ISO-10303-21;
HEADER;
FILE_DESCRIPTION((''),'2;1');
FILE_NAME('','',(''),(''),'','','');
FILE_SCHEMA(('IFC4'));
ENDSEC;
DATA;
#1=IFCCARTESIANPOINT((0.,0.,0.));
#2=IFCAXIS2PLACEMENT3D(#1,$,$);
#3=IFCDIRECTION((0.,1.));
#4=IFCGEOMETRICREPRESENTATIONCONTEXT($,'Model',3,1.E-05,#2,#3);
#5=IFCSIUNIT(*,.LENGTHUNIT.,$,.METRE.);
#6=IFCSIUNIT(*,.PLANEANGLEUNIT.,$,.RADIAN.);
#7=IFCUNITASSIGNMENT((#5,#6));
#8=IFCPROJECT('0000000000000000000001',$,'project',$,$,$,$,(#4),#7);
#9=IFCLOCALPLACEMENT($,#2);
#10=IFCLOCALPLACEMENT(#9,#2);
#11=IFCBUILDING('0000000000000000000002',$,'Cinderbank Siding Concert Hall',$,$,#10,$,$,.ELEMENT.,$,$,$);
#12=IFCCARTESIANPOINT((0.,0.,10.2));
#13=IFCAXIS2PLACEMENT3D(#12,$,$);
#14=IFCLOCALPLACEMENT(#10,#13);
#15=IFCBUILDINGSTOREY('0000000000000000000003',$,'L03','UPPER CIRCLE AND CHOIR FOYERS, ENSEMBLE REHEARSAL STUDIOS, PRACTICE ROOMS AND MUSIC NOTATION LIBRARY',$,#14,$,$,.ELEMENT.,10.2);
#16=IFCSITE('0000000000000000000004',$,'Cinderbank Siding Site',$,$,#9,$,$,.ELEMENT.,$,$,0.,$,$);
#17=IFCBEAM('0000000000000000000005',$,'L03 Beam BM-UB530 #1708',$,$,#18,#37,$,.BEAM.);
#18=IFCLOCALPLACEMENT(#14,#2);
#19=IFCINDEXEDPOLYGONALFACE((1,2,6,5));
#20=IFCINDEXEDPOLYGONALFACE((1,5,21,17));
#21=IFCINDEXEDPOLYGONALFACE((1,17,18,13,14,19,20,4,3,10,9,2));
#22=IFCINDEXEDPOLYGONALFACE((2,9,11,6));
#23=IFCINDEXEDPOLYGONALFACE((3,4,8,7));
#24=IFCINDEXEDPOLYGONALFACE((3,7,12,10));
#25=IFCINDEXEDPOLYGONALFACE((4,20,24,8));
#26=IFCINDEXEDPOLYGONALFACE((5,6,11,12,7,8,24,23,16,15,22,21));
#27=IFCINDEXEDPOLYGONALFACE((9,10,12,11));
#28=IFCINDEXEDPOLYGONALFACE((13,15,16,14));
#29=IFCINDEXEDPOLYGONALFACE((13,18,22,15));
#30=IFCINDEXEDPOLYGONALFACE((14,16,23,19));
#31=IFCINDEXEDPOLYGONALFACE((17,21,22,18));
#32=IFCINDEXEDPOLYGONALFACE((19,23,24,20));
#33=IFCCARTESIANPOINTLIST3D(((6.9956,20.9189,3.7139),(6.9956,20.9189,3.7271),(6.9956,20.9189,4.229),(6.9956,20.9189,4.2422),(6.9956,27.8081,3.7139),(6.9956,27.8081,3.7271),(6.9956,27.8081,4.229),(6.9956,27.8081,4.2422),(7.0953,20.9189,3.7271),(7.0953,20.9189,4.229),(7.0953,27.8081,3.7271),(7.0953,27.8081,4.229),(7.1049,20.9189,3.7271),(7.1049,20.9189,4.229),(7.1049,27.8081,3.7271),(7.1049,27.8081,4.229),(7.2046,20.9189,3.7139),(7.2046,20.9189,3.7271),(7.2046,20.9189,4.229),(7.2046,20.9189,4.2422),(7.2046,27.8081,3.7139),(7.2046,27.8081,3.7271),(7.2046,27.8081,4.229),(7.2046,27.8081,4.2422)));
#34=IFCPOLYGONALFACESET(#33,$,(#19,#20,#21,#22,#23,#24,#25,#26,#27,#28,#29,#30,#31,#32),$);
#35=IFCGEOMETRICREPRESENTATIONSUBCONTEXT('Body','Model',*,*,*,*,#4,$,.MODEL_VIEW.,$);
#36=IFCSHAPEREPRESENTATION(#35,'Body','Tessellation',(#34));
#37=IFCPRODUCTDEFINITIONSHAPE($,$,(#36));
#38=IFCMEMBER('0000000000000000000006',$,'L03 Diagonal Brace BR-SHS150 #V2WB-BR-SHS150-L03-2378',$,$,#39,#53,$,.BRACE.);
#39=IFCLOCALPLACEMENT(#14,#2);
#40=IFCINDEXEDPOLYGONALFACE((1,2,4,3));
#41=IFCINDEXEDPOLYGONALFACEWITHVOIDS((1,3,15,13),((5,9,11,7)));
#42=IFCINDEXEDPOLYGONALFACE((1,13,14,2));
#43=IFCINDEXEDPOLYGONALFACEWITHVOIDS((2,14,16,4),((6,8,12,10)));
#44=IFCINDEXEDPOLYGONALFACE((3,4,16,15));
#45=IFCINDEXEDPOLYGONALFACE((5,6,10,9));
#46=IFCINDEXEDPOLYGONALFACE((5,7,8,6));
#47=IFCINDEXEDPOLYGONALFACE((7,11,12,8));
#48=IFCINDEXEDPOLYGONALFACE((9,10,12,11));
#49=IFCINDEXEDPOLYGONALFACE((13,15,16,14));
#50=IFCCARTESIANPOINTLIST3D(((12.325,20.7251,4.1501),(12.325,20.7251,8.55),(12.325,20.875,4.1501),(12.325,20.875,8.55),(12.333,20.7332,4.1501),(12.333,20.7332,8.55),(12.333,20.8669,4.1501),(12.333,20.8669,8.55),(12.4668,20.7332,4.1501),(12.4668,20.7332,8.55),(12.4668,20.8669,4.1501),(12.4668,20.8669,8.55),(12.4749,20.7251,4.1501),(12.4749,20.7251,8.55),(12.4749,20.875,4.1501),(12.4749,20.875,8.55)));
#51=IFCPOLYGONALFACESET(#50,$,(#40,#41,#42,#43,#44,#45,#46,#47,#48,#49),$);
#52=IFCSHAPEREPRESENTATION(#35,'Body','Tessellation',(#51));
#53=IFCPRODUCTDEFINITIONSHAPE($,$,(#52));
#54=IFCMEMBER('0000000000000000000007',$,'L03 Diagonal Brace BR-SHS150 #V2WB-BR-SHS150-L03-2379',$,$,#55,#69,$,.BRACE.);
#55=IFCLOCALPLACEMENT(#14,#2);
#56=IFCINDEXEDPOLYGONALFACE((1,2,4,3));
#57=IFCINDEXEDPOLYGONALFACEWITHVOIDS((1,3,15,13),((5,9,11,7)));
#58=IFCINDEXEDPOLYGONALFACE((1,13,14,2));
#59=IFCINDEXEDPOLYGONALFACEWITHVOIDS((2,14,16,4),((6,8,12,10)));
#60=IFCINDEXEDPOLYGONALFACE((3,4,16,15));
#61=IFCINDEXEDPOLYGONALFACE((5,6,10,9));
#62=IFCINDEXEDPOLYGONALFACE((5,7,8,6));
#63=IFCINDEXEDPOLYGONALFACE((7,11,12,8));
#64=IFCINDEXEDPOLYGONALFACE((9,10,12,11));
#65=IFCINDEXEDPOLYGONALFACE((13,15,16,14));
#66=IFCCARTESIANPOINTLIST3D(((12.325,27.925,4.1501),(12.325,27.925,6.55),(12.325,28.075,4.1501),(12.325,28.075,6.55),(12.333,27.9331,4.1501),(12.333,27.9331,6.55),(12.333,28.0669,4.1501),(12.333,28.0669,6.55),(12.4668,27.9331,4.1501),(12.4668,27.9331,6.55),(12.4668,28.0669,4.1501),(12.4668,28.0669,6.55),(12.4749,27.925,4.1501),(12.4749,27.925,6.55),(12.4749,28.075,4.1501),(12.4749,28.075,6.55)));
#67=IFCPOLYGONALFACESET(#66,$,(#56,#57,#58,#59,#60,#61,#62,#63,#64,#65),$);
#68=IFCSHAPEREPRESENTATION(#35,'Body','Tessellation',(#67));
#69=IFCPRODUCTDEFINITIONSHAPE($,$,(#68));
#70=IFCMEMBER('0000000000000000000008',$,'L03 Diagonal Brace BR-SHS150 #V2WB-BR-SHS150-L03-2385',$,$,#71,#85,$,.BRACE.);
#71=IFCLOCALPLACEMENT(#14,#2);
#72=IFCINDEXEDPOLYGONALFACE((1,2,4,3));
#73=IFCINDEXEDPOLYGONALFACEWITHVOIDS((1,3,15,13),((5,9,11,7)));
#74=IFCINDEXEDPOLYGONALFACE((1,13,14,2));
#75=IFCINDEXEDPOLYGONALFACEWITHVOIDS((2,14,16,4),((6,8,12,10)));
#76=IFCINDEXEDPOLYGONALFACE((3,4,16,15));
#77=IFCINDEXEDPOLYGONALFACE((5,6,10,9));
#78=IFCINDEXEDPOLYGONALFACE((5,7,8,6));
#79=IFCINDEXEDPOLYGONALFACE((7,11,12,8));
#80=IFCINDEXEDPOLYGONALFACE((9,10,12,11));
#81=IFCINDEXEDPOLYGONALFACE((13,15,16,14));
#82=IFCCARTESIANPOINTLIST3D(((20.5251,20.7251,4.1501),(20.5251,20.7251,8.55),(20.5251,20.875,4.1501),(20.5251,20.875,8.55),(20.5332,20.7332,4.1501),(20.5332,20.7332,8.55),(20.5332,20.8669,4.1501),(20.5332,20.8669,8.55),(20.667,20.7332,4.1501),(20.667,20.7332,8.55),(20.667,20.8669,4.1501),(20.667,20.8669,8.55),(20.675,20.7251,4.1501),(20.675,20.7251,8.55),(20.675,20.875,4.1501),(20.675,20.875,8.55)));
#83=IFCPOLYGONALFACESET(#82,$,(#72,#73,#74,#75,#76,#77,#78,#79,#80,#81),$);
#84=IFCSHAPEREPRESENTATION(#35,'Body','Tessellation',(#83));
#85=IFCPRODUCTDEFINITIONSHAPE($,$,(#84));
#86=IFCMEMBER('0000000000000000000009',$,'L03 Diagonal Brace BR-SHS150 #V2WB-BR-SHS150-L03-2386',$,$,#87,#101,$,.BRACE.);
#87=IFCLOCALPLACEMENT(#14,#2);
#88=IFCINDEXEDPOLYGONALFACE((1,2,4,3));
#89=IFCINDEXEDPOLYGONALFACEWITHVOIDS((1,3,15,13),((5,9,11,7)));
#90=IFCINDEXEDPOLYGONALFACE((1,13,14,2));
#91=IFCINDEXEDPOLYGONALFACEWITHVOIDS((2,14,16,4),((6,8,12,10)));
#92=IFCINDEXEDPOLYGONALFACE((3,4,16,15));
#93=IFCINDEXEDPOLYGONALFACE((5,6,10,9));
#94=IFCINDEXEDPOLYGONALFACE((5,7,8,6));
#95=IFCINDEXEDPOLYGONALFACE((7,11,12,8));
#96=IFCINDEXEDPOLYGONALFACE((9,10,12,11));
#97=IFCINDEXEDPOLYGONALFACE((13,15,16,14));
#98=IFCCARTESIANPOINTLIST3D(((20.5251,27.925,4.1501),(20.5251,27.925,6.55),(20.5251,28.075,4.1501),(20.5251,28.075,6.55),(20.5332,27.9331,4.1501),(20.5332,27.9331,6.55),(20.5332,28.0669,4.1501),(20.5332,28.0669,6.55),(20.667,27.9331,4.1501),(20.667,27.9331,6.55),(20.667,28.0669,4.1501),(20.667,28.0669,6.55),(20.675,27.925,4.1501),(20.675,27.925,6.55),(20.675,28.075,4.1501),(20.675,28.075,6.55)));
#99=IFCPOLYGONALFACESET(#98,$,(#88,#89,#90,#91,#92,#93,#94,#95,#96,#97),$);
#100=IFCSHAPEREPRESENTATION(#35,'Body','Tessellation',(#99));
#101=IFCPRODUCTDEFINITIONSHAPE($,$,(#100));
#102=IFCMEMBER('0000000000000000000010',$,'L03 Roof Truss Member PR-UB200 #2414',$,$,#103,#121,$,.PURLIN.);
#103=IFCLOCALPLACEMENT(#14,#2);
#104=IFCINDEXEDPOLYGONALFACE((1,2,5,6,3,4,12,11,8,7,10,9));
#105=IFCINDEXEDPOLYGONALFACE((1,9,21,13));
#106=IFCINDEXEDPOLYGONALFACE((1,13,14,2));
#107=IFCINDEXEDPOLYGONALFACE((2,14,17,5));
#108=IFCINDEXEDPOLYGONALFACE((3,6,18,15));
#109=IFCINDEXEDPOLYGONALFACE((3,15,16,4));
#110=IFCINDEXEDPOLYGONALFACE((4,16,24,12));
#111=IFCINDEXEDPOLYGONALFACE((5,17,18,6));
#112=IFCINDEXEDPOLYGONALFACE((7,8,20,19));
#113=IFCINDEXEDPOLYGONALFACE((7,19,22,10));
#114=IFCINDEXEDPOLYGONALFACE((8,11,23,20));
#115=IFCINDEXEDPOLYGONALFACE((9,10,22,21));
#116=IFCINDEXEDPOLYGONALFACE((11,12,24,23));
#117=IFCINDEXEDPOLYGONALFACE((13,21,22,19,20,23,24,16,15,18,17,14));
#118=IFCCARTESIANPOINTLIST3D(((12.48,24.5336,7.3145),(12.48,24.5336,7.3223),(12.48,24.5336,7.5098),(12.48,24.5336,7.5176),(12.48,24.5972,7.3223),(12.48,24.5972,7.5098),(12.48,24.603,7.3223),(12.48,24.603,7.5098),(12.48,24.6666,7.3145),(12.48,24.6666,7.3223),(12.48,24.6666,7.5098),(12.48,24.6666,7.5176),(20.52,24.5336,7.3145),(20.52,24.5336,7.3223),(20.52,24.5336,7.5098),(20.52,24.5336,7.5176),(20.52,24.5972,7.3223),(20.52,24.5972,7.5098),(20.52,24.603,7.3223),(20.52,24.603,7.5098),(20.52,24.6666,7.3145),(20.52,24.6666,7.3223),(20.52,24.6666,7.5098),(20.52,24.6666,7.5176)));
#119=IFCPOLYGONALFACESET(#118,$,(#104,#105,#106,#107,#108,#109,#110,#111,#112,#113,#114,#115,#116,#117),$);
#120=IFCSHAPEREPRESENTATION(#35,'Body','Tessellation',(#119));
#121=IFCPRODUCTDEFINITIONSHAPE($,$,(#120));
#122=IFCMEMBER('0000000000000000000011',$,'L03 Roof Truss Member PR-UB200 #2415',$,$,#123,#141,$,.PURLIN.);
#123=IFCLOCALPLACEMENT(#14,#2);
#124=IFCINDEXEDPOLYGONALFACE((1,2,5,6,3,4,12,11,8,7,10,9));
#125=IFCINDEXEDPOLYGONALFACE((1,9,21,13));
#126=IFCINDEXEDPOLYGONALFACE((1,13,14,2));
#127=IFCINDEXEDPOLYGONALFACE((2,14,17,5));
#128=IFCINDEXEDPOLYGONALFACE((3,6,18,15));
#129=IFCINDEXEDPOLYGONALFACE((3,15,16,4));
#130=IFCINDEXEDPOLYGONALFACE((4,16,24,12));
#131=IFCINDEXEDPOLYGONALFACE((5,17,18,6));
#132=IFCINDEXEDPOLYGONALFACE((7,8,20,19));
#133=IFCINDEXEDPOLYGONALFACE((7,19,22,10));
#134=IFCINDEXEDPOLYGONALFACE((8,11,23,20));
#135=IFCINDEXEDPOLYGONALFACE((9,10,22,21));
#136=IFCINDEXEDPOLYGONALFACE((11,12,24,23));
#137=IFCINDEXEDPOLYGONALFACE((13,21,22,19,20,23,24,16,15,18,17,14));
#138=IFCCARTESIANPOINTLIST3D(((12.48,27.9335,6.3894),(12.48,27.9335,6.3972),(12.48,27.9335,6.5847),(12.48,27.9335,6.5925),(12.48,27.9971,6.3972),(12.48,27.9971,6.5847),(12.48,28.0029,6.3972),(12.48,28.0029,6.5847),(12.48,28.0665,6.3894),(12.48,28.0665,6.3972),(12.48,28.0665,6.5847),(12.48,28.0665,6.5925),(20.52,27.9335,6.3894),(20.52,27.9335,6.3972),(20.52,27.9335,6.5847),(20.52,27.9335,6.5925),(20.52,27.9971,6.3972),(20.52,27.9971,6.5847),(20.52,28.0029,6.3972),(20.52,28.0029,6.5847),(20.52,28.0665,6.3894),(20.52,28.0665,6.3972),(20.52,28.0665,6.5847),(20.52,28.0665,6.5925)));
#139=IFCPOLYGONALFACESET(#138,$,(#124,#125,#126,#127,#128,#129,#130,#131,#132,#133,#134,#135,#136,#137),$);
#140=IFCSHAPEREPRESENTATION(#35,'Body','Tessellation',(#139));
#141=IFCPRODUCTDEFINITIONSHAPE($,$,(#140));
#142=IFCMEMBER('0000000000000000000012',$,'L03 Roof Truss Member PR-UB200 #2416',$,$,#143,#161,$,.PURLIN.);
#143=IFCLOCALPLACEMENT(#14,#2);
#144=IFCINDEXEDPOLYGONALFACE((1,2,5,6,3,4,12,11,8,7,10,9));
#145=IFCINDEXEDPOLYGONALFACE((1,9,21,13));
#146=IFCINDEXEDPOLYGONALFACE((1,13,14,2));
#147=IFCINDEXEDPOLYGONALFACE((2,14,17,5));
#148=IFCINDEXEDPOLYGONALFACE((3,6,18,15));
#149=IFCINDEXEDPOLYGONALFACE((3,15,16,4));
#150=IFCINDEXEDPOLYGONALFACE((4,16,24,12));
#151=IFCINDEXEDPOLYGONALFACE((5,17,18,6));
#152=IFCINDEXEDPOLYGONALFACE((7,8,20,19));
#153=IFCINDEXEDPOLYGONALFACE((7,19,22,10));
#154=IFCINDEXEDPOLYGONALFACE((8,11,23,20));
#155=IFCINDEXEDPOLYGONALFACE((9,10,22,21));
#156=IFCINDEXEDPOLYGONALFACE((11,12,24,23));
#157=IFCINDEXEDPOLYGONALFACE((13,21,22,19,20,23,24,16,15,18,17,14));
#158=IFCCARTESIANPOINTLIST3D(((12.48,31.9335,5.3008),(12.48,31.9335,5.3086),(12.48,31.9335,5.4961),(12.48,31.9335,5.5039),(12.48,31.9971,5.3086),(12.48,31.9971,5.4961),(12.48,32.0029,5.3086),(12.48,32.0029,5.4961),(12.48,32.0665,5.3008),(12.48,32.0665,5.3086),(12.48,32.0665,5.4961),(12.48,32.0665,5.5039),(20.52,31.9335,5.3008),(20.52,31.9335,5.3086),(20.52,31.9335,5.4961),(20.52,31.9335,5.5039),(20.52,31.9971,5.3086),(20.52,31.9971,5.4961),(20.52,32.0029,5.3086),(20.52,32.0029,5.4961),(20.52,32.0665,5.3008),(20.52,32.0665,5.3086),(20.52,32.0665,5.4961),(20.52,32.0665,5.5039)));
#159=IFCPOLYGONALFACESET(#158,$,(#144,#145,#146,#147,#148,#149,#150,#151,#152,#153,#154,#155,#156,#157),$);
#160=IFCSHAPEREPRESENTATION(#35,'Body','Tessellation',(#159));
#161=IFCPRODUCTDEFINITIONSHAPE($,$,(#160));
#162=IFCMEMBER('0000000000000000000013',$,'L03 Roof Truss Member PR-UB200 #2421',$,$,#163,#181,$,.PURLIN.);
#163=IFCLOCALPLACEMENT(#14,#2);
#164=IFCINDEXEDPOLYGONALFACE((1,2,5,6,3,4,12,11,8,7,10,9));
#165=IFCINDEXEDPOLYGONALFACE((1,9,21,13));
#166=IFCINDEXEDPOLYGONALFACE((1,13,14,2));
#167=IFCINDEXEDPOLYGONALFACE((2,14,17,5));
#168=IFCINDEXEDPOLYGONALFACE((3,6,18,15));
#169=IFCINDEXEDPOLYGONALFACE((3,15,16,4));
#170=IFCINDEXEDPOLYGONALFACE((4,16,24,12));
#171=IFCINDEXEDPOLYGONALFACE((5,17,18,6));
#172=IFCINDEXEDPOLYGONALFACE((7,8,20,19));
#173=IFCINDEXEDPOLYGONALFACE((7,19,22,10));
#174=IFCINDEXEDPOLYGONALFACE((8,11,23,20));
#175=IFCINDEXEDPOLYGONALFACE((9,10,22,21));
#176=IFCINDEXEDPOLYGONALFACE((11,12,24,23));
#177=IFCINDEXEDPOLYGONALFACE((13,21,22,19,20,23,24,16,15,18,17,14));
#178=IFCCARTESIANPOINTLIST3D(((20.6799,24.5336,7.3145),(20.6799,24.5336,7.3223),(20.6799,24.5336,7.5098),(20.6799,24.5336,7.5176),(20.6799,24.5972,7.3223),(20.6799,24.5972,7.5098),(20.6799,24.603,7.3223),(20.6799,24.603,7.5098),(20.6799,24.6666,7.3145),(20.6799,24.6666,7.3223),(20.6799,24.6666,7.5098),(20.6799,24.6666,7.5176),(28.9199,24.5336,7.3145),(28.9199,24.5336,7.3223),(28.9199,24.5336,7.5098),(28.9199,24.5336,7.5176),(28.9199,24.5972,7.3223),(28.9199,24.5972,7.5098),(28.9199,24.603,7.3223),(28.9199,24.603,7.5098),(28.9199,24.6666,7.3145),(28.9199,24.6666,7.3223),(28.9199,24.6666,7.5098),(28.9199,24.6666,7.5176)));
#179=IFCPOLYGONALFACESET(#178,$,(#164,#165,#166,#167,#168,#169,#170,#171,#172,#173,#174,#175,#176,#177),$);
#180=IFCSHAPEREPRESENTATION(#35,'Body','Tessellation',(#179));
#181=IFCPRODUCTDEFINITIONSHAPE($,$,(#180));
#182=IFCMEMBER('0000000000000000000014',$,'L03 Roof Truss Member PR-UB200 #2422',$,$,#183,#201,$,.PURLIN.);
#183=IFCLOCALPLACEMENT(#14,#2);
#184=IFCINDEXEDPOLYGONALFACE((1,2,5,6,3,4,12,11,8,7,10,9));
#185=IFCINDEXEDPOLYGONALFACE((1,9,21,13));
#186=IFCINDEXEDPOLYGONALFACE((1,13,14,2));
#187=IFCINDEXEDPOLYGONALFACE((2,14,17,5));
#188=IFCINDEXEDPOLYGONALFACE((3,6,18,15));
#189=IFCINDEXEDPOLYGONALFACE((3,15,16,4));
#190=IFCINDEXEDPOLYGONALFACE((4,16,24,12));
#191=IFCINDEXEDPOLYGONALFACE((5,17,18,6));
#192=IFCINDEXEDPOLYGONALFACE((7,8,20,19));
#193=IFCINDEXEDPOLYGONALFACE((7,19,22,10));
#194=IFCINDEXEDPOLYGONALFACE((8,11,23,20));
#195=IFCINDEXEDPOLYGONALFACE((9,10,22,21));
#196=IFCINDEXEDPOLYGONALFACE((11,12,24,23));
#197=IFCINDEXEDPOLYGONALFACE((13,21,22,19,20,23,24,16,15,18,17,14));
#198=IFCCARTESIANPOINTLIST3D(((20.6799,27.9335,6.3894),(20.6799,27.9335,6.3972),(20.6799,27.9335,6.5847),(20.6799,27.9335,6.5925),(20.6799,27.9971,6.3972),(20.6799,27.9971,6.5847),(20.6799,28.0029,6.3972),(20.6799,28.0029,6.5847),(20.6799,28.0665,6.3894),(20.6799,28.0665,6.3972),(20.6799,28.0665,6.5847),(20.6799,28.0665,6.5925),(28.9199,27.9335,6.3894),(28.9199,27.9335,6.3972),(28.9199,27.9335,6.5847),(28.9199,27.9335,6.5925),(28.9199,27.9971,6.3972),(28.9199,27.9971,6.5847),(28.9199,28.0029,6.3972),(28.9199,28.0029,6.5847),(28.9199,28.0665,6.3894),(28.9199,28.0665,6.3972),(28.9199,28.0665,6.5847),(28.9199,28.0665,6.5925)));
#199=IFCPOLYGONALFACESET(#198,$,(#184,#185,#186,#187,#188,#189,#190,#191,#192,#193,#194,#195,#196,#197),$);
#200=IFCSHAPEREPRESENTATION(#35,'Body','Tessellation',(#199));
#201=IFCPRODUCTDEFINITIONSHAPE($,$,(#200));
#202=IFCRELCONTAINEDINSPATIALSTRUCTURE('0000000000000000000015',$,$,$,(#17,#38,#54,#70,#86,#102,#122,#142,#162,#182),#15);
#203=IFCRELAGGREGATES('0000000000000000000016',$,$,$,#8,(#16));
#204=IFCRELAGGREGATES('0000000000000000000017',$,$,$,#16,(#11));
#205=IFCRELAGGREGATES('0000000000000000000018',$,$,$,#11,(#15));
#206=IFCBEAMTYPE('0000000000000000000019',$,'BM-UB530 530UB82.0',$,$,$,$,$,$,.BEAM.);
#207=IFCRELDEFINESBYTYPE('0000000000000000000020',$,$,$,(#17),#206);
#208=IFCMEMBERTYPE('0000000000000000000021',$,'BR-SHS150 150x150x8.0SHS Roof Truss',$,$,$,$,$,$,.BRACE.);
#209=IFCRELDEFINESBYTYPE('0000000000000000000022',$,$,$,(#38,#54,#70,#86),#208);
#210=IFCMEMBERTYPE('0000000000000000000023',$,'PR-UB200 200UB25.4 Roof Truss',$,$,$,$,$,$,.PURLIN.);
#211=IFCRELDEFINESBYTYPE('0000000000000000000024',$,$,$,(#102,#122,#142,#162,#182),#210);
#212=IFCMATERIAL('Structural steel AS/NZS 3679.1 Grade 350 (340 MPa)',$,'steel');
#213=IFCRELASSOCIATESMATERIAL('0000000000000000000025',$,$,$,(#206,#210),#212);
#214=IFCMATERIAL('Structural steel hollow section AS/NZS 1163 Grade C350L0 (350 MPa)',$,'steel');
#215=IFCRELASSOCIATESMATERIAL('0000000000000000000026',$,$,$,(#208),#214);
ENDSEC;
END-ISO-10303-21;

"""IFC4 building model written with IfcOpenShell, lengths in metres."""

from ifc_helpers import new_model, si_unit, direction, frame, origin, origin_2d, place, context, subcontext, project, spatial, hollow_rectangle, i_section, extrude, material, material_profile, profile_set, type_object, element, save


model = new_model("IFC4")

# Units and contexts
model_context = context("Model", 3, precision=1e-05, world=origin(), true_north=direction((0.0, 1.0)))
body_context = subcontext(model_context, "Body", "Model", "MODEL_VIEW")
ifc_project = project(units=[si_unit("LENGTHUNIT", "METRE"), si_unit("PLANEANGLEUNIT", "RADIAN")], contexts=[model_context])

# Site, building, storey
site_placement = place(None, origin())
site = spatial("IfcSite", under=ifc_project, at=site_placement, Name="Cinderbank Siding Site", CompositionType="ELEMENT", RefElevation=0.0)
building_placement = place(site_placement, origin())
building = spatial("IfcBuilding", under=site, at=building_placement, Name="Cinderbank Siding Concert Hall", CompositionType="ELEMENT")
storey_placement = place(building_placement, frame((0.0, 0.0, 10.2)))
storey = spatial("IfcBuildingStorey", under=building, at=storey_placement, Name="L03", Description="UPPER CIRCLE AND CHOIR FOYERS, ENSEMBLE REHEARSAL STUDIOS, PRACTICE ROOMS AND MUSIC NOTATION LIBRARY", CompositionType="ELEMENT", Elevation=10.2)

# Shared definitions
ifc_material_1 = material(Name="Structural steel AS/NZS 3679.1 Grade 350 (340 MPa)", Category="steel")

# Beam
ifc_material_profile_1 = material_profile(ifc_material_1, i_section(OverallWidth=0.209, OverallDepth=0.5283, WebThickness=0.0095, FlangeThickness=0.0132, at=origin_2d()), Name="530UB82.0", Category="LoadBearing")
ifc_profile_set_1 = profile_set([ifc_material_profile_1], Name="Structural steel AS/NZS 3679.1 Grade 350 (340 MPa)")
beam_type_1 = type_object("IfcBeamType", Name="BM-UB530 530UB82.0", PredefinedType="BEAM", material=ifc_profile_set_1)
beam_1_placement = place(storey_placement, frame((7.1001, 20.9189, 3.978), z_axis=(0.0, 1.0, 0.0), x_axis=(-1.0, 0.0, 0.0)))
element("IfcBeam", 1, at=beam_1_placement, inside=storey, type_object=beam_type_1, Name="L03 Beam BM-UB530 #1708", PredefinedType="BEAM", context=body_context, shape_type="SweptSolid", body=[
    extrude(i_section(OverallWidth=0.209, OverallDepth=0.5283, WebThickness=0.0095, FlangeThickness=0.0132, at=origin_2d()), origin(), (0.0, 0.0, 1.0), 6.8892),
])

# Members
ifc_material_2 = material(Name="Structural steel hollow section AS/NZS 1163 Grade C350L0 (350 MPa)", Category="steel")
ifc_material_profile_2 = material_profile(ifc_material_2, hollow_rectangle(XDim=0.1499, YDim=0.1499, WallThickness=0.0081, at=origin_2d()), Name="150x150x8.0SHS", Category="LoadBearing")
ifc_profile_set_2 = profile_set([ifc_material_profile_2], Name="Structural steel hollow section AS/NZS 1163 Grade C350L0 (350 MPa)")
member_type_1 = type_object("IfcMemberType", Name="BR-SHS150 150x150x8.0SHS Roof Truss", PredefinedType="BRACE", material=ifc_profile_set_2)
member_1_placement = place(storey_placement, frame((12.3999, 20.8, 4.1501), z_axis=(0.0, 0.0, 1.0), x_axis=(1.0, 0.0, 0.0)))
element("IfcMember", 2, at=member_1_placement, inside=storey, type_object=member_type_1, Name="L03 Diagonal Brace BR-SHS150 #V2WB-BR-SHS150-L03-2378", PredefinedType="BRACE", context=body_context, shape_type="SweptSolid", body=[
    extrude(hollow_rectangle(XDim=0.1499, YDim=0.1499, WallThickness=0.0081, at=origin_2d()), origin(), (0.0, 0.0, 1.0), 4.3999),
])
member_2_placement = place(storey_placement, frame((12.3999, 28.0, 4.1501), z_axis=(0.0, 0.0, 1.0), x_axis=(1.0, 0.0, 0.0)))
element("IfcMember", 3, at=member_2_placement, inside=storey, type_object=member_type_1, Name="L03 Diagonal Brace BR-SHS150 #V2WB-BR-SHS150-L03-2379", PredefinedType="BRACE", context=body_context, shape_type="SweptSolid", body=[
    extrude(hollow_rectangle(XDim=0.1499, YDim=0.1499, WallThickness=0.0081, at=origin_2d()), origin(), (0.0, 0.0, 1.0), 2.3999),
])
member_3_placement = place(storey_placement, frame((20.6001, 20.8, 4.1501), z_axis=(0.0, 0.0, 1.0), x_axis=(1.0, 0.0, 0.0)))
element("IfcMember", 4, at=member_3_placement, inside=storey, type_object=member_type_1, Name="L03 Diagonal Brace BR-SHS150 #V2WB-BR-SHS150-L03-2385", PredefinedType="BRACE", context=body_context, shape_type="SweptSolid", body=[
    extrude(hollow_rectangle(XDim=0.1499, YDim=0.1499, WallThickness=0.0081, at=origin_2d()), origin(), (0.0, 0.0, 1.0), 4.3999),
])
member_4_placement = place(storey_placement, frame((20.6001, 28.0, 4.1501), z_axis=(0.0, 0.0, 1.0), x_axis=(1.0, 0.0, 0.0)))
element("IfcMember", 5, at=member_4_placement, inside=storey, type_object=member_type_1, Name="L03 Diagonal Brace BR-SHS150 #V2WB-BR-SHS150-L03-2386", PredefinedType="BRACE", context=body_context, shape_type="SweptSolid", body=[
    extrude(hollow_rectangle(XDim=0.1499, YDim=0.1499, WallThickness=0.0081, at=origin_2d()), origin(), (0.0, 0.0, 1.0), 2.3999),
])
ifc_material_profile_3 = material_profile(ifc_material_1, i_section(OverallWidth=0.1331, OverallDepth=0.2031, WebThickness=0.0059, FlangeThickness=0.0078, at=origin_2d()), Name="200UB25.4", Category="LoadBearing")
ifc_profile_set_3 = profile_set([ifc_material_profile_3], Name="Structural steel AS/NZS 3679.1 Grade 350 (340 MPa)")
member_type_2 = type_object("IfcMemberType", Name="PR-UB200 200UB25.4 Roof Truss", PredefinedType="PURLIN", material=ifc_profile_set_3)
for number, where, z_axis, x_axis, name in (
    (6, (12.48, 24.6001, 7.416), (1.0, 0.0, 0.0), (0.0, 1.0, 0.0), "L03 Roof Truss Member PR-UB200 #2414"),
    (7, (12.48, 28.0, 6.491), (1.0, 0.0, 0.0), (0.0, 1.0, 0.0), "L03 Roof Truss Member PR-UB200 #2415"),
    (8, (12.48, 32.0, 5.4023), (1.0, 0.0, 0.0), (0.0, 1.0, 0.0), "L03 Roof Truss Member PR-UB200 #2416"),
):
    element("IfcMember", number, at=place(storey_placement, frame(where, z_axis=z_axis, x_axis=x_axis)), inside=storey, type_object=member_type_2, Name=name, PredefinedType="PURLIN", context=body_context, shape_type="SweptSolid", body=[
        extrude(i_section(OverallWidth=0.1331, OverallDepth=0.2031, WebThickness=0.0059, FlangeThickness=0.0078, at=origin_2d()), origin(), (0.0, 0.0, 1.0), 8.04),
    ])
for number, where, z_axis, x_axis, name in (
    (9, (20.6799, 24.6001, 7.416), (1.0, 0.0, 0.0), (0.0, 1.0, 0.0), "L03 Roof Truss Member PR-UB200 #2421"),
    (10, (20.6799, 28.0, 6.491), (1.0, 0.0, 0.0), (0.0, 1.0, 0.0), "L03 Roof Truss Member PR-UB200 #2422"),
):
    element("IfcMember", number, at=place(storey_placement, frame(where, z_axis=z_axis, x_axis=x_axis)), inside=storey, type_object=member_type_2, Name=name, PredefinedType="PURLIN", context=body_context, shape_type="SweptSolid", body=[
        extrude(i_section(OverallWidth=0.1331, OverallDepth=0.2031, WebThickness=0.0059, FlangeThickness=0.0078, at=origin_2d()), origin(), (0.0, 0.0, 1.0), 8.24),
    ])

save(model, "model.ifc")
